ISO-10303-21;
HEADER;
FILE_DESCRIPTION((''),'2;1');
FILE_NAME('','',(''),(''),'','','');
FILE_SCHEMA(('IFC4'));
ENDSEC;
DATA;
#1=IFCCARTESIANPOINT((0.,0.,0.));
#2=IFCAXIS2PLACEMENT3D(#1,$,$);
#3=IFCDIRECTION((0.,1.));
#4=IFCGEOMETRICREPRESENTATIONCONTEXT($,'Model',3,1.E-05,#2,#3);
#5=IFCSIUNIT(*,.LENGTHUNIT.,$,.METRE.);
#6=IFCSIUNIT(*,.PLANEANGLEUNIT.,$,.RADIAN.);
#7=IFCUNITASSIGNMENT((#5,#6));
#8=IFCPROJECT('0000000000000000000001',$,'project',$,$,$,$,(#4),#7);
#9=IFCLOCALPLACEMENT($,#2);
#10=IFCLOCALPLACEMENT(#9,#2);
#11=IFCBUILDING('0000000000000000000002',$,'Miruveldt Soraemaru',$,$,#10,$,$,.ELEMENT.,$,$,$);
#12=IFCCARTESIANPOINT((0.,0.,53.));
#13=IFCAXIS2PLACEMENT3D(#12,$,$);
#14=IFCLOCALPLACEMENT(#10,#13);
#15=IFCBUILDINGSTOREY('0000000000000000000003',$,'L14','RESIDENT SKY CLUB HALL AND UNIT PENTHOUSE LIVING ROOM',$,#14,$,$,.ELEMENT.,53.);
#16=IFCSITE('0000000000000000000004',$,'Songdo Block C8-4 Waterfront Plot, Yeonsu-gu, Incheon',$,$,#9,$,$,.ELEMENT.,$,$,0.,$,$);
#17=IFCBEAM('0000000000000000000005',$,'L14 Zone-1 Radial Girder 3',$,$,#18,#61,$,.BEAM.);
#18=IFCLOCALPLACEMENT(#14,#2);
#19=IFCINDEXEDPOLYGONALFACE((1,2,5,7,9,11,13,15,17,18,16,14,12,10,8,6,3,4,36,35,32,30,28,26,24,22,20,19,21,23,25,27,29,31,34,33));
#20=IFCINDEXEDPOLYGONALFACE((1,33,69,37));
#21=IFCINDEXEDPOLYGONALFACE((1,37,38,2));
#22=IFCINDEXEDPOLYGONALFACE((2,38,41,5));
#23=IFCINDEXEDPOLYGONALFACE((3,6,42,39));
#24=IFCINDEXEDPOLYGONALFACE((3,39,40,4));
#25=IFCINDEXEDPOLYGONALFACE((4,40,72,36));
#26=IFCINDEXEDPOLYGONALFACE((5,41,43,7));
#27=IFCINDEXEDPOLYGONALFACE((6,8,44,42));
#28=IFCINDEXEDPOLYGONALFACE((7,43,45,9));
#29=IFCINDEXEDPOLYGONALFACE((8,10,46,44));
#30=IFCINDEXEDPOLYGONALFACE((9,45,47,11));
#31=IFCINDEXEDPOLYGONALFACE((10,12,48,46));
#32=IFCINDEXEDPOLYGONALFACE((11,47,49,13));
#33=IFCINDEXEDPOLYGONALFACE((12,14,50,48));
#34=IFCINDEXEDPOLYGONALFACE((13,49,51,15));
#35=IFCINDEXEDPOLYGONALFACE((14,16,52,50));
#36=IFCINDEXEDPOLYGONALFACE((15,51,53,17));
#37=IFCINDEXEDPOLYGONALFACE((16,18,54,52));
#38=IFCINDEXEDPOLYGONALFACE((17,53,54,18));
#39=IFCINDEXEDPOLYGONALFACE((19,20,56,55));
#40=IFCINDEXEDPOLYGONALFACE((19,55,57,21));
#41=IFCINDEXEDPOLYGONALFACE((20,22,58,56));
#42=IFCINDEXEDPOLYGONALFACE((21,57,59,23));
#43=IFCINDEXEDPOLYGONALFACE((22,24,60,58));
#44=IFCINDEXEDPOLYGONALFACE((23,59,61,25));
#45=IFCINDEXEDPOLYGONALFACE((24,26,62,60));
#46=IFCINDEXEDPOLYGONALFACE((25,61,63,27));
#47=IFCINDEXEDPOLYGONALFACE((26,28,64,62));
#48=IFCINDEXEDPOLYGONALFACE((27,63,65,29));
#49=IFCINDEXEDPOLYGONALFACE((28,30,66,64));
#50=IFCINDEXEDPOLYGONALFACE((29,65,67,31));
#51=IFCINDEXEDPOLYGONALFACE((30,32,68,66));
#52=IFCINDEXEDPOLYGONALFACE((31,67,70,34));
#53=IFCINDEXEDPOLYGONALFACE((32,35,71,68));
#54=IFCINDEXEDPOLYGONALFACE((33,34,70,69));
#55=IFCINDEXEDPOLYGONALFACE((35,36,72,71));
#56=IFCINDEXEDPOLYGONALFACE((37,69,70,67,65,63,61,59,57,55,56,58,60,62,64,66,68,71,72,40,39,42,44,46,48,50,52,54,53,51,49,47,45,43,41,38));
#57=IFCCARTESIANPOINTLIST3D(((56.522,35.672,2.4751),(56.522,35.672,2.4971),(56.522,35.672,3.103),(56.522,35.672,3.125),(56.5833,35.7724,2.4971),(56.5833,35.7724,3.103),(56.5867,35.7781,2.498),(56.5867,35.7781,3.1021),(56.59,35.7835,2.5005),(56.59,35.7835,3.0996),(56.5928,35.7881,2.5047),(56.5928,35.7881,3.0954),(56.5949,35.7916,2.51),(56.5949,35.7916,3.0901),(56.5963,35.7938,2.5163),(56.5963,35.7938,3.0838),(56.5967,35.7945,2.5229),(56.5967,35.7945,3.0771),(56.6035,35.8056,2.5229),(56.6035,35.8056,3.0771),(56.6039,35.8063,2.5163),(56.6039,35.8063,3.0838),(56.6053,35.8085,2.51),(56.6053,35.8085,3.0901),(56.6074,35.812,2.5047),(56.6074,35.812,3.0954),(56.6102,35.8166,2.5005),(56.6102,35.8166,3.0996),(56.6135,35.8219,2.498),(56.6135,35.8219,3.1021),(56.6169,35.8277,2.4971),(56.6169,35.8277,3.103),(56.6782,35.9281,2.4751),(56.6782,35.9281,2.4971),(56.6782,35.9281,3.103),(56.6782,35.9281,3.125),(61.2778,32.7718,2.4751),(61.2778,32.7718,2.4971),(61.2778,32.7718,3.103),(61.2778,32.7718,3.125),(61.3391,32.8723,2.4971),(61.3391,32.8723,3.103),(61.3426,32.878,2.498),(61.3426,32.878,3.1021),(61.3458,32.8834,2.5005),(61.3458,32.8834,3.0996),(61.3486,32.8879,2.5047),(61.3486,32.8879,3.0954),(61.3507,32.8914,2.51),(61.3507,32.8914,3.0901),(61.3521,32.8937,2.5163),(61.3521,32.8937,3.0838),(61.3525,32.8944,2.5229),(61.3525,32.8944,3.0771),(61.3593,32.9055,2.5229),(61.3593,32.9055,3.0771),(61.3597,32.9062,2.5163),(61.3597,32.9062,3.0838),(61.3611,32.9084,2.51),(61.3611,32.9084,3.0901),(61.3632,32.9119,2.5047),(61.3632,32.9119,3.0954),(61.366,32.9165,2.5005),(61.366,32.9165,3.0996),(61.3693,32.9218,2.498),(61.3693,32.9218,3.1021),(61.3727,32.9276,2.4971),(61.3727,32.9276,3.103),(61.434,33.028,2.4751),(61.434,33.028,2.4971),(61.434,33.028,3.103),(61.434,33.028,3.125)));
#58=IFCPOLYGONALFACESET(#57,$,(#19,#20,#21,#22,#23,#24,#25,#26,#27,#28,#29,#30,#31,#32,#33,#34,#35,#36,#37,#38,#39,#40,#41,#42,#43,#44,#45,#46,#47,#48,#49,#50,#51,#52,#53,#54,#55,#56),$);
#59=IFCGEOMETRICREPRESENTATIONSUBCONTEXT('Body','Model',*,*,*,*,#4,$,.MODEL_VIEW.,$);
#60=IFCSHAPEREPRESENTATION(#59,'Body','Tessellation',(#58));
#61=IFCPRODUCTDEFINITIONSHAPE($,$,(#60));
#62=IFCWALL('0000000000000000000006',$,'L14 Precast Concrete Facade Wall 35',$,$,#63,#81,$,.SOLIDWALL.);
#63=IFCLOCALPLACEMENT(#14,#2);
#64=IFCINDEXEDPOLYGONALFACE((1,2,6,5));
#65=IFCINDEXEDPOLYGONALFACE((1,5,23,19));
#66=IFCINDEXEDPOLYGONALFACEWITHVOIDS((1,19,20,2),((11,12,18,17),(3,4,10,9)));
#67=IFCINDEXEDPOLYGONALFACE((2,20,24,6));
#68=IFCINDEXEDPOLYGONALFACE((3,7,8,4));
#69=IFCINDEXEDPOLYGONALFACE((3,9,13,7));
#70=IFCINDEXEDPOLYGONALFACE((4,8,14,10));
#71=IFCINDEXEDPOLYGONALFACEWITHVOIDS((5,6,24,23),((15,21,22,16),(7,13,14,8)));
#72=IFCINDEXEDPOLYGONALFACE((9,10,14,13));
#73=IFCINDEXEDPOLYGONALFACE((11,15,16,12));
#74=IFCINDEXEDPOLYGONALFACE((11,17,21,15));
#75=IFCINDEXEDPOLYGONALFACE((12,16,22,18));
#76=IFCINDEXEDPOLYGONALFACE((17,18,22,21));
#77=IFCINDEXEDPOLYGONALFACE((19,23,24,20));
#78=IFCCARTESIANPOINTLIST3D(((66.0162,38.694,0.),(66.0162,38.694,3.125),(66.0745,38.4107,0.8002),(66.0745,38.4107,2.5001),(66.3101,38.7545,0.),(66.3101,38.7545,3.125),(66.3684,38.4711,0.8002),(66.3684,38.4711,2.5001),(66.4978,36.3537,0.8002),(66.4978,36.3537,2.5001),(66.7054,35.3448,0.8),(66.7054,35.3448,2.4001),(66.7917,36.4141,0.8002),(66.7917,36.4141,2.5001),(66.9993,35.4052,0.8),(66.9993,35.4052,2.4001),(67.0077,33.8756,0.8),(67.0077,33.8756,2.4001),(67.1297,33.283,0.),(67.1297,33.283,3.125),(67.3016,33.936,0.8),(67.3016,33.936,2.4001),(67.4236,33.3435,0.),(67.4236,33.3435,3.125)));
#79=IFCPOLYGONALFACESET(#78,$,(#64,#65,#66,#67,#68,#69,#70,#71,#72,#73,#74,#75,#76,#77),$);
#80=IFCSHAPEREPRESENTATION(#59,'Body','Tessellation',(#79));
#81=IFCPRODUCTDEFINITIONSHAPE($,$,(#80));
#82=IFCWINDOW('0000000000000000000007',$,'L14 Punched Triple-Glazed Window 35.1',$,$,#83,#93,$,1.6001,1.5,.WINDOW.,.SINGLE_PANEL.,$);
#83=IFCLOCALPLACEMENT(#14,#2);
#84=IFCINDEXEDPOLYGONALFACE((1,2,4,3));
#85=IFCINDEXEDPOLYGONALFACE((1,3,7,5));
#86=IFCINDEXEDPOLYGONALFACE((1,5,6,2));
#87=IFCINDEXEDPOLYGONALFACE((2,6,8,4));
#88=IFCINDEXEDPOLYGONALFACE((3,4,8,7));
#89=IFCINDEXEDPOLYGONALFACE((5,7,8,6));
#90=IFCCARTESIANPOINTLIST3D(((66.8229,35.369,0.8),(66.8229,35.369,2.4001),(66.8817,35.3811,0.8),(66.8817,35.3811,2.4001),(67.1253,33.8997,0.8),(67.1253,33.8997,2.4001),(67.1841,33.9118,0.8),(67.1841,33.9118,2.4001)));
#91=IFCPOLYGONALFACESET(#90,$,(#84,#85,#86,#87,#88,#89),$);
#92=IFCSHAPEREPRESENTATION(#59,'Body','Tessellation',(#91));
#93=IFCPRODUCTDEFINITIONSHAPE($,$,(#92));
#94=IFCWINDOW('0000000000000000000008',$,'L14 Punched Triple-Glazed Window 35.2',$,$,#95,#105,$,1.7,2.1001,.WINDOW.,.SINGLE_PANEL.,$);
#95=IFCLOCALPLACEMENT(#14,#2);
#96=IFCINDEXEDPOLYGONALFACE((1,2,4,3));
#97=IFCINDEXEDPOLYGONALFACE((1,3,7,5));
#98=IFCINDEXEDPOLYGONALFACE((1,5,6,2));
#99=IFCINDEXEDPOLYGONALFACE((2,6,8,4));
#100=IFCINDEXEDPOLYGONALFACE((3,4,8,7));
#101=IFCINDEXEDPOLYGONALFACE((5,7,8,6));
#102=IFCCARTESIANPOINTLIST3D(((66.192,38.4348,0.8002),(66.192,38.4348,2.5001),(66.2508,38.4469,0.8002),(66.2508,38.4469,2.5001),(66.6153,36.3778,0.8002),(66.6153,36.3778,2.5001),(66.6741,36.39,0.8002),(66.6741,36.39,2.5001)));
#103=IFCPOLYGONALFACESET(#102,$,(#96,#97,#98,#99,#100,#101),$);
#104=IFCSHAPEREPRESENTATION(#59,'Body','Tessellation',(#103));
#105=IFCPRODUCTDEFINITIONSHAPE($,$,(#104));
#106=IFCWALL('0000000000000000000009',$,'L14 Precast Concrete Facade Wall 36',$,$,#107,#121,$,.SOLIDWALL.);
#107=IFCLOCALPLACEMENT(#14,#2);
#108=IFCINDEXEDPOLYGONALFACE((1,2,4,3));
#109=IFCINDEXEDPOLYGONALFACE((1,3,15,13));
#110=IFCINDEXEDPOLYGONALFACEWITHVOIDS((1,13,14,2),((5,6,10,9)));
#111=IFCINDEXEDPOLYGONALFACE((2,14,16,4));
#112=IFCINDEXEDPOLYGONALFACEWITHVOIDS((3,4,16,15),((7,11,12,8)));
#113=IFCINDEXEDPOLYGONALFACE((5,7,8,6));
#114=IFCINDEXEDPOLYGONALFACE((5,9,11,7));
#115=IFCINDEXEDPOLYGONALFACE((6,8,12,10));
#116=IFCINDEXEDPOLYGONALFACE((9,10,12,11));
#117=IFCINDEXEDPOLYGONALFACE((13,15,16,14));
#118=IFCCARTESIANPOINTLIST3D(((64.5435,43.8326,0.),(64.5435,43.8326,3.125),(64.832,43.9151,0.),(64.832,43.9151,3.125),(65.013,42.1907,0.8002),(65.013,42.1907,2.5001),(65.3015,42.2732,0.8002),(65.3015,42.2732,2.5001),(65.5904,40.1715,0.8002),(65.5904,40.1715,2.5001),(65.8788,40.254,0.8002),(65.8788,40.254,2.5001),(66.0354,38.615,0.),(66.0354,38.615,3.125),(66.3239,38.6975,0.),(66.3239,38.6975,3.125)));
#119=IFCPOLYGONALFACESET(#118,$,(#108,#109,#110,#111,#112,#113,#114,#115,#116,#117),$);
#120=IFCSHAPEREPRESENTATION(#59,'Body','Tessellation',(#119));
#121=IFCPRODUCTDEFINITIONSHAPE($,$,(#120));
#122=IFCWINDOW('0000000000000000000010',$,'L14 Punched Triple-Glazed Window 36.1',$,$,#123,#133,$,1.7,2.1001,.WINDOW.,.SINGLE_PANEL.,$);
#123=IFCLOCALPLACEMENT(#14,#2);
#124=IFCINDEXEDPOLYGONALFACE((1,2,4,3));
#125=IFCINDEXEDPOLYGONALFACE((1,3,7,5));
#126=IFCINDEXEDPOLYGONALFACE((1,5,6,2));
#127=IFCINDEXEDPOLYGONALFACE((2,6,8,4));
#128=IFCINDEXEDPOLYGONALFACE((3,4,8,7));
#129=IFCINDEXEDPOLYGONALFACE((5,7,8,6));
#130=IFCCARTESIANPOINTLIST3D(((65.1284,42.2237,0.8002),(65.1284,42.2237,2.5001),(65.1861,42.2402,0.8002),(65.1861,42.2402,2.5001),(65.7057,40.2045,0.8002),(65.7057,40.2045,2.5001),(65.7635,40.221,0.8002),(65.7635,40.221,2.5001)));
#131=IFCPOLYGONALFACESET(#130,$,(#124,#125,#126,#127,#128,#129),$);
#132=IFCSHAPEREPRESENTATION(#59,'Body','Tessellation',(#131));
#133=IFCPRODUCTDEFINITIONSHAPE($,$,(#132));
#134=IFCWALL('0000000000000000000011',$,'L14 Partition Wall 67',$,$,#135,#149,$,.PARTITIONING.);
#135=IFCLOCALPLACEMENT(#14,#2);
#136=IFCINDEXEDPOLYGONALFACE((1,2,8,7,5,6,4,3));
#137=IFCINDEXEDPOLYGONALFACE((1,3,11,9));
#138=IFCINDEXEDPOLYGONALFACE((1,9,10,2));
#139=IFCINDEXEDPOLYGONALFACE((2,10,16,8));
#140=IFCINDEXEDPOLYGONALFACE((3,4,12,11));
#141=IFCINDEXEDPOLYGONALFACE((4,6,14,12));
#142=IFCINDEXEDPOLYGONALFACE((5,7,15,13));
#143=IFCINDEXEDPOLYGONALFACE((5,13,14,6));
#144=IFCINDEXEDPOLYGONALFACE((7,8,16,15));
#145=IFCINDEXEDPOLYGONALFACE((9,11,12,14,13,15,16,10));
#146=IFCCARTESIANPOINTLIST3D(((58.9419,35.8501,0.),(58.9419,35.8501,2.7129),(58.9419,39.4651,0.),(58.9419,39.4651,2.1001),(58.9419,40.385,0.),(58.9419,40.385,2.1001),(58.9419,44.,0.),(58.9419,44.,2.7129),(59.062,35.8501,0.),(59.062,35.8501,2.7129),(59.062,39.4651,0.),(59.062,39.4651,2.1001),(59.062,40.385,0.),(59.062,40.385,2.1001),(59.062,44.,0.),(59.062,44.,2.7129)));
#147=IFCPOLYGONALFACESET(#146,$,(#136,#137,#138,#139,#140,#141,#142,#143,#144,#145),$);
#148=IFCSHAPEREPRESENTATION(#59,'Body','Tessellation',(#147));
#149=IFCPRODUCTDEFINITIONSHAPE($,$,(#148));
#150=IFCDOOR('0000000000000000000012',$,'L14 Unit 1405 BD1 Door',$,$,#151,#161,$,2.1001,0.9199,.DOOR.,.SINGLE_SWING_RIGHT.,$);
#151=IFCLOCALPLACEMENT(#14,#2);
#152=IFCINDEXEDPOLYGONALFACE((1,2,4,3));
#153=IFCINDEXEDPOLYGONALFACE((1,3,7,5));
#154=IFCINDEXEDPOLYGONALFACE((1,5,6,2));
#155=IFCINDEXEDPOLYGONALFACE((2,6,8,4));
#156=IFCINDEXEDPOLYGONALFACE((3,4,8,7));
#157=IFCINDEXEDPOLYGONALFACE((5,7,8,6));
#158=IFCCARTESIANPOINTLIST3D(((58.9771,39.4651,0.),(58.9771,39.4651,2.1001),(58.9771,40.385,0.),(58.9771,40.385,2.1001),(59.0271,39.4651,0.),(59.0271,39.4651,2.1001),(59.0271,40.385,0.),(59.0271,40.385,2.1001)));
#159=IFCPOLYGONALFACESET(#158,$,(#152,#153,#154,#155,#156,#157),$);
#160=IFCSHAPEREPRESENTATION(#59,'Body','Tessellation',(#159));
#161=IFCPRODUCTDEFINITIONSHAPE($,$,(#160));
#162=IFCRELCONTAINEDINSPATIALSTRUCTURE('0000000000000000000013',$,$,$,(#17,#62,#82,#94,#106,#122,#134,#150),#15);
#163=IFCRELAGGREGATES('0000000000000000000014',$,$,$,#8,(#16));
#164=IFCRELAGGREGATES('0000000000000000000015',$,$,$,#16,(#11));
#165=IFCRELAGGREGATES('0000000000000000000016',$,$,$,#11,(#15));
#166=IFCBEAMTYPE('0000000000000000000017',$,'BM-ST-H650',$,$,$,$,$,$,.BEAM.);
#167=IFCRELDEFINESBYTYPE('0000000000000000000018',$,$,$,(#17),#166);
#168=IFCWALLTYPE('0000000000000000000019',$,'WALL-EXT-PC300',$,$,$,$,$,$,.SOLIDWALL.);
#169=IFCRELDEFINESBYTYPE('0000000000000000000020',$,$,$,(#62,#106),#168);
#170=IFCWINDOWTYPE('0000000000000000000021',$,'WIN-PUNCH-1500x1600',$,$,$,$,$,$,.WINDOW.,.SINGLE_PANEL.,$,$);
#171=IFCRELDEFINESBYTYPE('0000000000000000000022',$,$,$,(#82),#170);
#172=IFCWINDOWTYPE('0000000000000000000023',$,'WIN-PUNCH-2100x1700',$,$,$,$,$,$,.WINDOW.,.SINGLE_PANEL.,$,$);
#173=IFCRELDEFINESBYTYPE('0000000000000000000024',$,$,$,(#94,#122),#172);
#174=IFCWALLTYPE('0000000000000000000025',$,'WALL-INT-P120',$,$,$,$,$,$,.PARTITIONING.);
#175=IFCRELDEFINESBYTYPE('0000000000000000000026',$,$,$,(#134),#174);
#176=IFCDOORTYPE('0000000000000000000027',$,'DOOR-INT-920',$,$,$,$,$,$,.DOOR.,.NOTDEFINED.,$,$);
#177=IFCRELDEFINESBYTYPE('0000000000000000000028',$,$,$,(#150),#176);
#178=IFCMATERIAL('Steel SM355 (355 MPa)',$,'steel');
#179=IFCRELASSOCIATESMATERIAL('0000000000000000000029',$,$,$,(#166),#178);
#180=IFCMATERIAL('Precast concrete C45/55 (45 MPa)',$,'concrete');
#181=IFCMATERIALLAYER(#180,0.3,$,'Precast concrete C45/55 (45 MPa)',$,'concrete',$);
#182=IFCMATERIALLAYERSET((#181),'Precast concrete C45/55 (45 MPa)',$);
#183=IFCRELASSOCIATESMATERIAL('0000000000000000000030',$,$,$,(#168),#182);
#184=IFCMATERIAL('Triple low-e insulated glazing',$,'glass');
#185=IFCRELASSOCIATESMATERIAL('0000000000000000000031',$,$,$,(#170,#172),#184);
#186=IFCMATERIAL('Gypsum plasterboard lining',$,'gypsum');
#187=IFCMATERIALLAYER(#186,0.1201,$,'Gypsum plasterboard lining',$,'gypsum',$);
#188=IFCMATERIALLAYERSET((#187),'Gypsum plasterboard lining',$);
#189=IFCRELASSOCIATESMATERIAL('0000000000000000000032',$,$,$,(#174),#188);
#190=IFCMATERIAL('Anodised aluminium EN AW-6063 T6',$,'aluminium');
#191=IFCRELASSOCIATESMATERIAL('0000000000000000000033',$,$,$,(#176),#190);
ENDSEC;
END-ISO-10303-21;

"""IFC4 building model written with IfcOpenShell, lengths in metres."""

from ifc_helpers import new_model, si_unit, direction, frame, frame_2d, origin, origin_2d, place, context, subcontext, project, spatial, rectangle, i_section, extrude, material, layer, layer_set, material_profile, profile_set, type_object, element, fill, save


model = new_model("IFC4")

# Units and contexts
model_context = context("Model", 3, precision=1e-05, world=origin(), true_north=direction((0.0, 1.0)))
body_context = subcontext(model_context, "Body", "Model", "MODEL_VIEW")
ifc_project = project(units=[si_unit("LENGTHUNIT", "METRE"), si_unit("PLANEANGLEUNIT", "RADIAN")], contexts=[model_context])

# Site, building, storey
site_placement = place(None, origin())
site = spatial("IfcSite", under=ifc_project, at=site_placement, Name="Songdo Block C8-4 Waterfront Plot, Yeonsu-gu, Incheon", CompositionType="ELEMENT", RefElevation=0.0)
building_placement = place(site_placement, origin())
building = spatial("IfcBuilding", under=site, at=building_placement, Name="Miruveldt Soraemaru", CompositionType="ELEMENT")
storey_placement = place(building_placement, frame((0.0, 0.0, 53.0)))
storey = spatial("IfcBuildingStorey", under=building, at=storey_placement, Name="L14", Description="RESIDENT SKY CLUB HALL AND UNIT PENTHOUSE LIVING ROOM", CompositionType="ELEMENT", Elevation=53.0)

# Beam
ifc_material_1 = material(Name="Steel SM355 (355 MPa)", Category="steel")
ifc_material_profile_1 = material_profile(ifc_material_1, i_section(OverallWidth=0.3, OverallDepth=0.6499, WebThickness=0.0129, FlangeThickness=0.022, FilletRadius=0.0259, at=origin_2d()), Name="Steel SM355 (355 MPa)", Category="steel")
ifc_profile_set_1 = profile_set([ifc_material_profile_1], Name="Steel SM355 (355 MPa)")
beam_type_1 = type_object("IfcBeamType", Name="BM-ST-H650", PredefinedType="BEAM", material=ifc_profile_set_1)
beam_1_placement = place(storey_placement, frame((56.6001, 35.8, 2.8), z_axis=(0.853778, -0.520638, 0.0), x_axis=(0.520638, 0.853778, 0.0)))
element("IfcBeam", 1, at=beam_1_placement, inside=storey, type_object=beam_type_1, Name="L14 Zone-1 Radial Girder 3", PredefinedType="BEAM", context=body_context, shape_type="SweptSolid", body=[
    extrude(i_section(OverallWidth=0.3, OverallDepth=0.6499, WebThickness=0.0129, FlangeThickness=0.022, FilletRadius=0.0259, at=origin_2d()), origin(), (0.0, 0.0, 1.0), 5.5703),
])

# Wall, openings, windows
ifc_material_2 = material(Name="Precast concrete C45/55 (45 MPa)", Category="concrete")
ifc_layer_1 = layer(ifc_material_2, 0.3, Name="Precast concrete C45/55 (45 MPa)", Category="concrete")
ifc_layer_set_1 = layer_set([ifc_layer_1], Name="Precast concrete C45/55 (45 MPa)")
wall_type_1 = type_object("IfcWallType", Name="WALL-EXT-PC300", PredefinedType="SOLIDWALL", material=ifc_layer_set_1)
wall_1_placement = place(storey_placement, frame((67.2766, 33.3132, 0.0), z_axis=(0.0, 0.0, 1.0), x_axis=(-0.201561, 0.979476, 0.0)))
wall_1 = element("IfcWall", 2, at=wall_1_placement, inside=storey, type_object=wall_type_1, Name="L14 Precast Concrete Facade Wall 35", PredefinedType="SOLIDWALL", context=body_context, shape_type="SweptSolid", body=[
    extrude(rectangle(XDim=5.5244, YDim=0.3, at=frame_2d((2.7622, 0.0))), origin(), (0.0, 0.0, 1.0), 3.125),
])
opening_1_placement = place(wall_1_placement, frame((0.605, 0.0, 0.8)))
opening_1 = element("IfcOpeningElement", 3, at=opening_1_placement, cuts=wall_1, PredefinedType="OPENING", context=body_context, shape_type="SweptSolid", body=[
    extrude(rectangle(XDim=1.5, YDim=1.6001, at=frame_2d((0.75, 0.8))), frame((0.0, 0.1602, 0.0), z_axis=(0.0, -1.0, 0.0), x_axis=(1.0, 0.0, 0.0)), (0.0, 0.0, 1.0), 0.3201),
])
opening_2_placement = place(wall_1_placement, frame((3.135, 0.0, 0.8)))
opening_2 = element("IfcOpeningElement", 4, at=opening_2_placement, cuts=wall_1, PredefinedType="OPENING", context=body_context, shape_type="SweptSolid", body=[
    extrude(rectangle(XDim=2.1001, YDim=1.7, at=frame_2d((1.05, 0.8501))), frame((0.0, 0.1602, 0.0), z_axis=(0.0, -1.0, 0.0), x_axis=(1.0, 0.0, 0.0)), (0.0, 0.0, 1.0), 0.3201),
])
ifc_material_3 = material(Name="Triple low-e insulated glazing", Category="glass")
window_type_1 = type_object("IfcWindowType", Name="WIN-PUNCH-1500x1600", PartitioningType="SINGLE_PANEL", PredefinedType="WINDOW", material=ifc_material_3)
window_1_placement = place(opening_1_placement, origin())
window_1 = element("IfcWindow", 5, at=window_1_placement, inside=storey, type_object=window_type_1, Name="L14 Punched Triple-Glazed Window 35.1", OverallHeight=1.6001, OverallWidth=1.5, PartitioningType="SINGLE_PANEL", PredefinedType="WINDOW", context=body_context, shape_type="SweptSolid", body=[
    extrude(rectangle(XDim=1.5, YDim=1.6001, at=frame_2d((0.75, 0.8))), frame((0.0, 0.03, 0.0), z_axis=(0.0, -1.0, 0.0), x_axis=(1.0, 0.0, 0.0)), (0.0, 0.0, 1.0), 0.0601),
])
fill(opening_1, window_1)
window_type_2 = type_object("IfcWindowType", Name="WIN-PUNCH-2100x1700", PartitioningType="SINGLE_PANEL", PredefinedType="WINDOW", material=ifc_material_3)
window_2_placement = place(opening_2_placement, origin())
window_2 = element("IfcWindow", 6, at=window_2_placement, inside=storey, type_object=window_type_2, Name="L14 Punched Triple-Glazed Window 35.2", OverallHeight=1.7, OverallWidth=2.1001, PartitioningType="SINGLE_PANEL", PredefinedType="WINDOW", context=body_context, shape_type="SweptSolid", body=[
    extrude(rectangle(XDim=2.1001, YDim=1.7, at=frame_2d((1.05, 0.8501))), frame((0.0, 0.03, 0.0), z_axis=(0.0, -1.0, 0.0), x_axis=(1.0, 0.0, 0.0)), (0.0, 0.0, 1.0), 0.0601),
])
fill(opening_2, window_2)

# Wall, opening, window
wall_2_placement = place(storey_placement, frame((66.1797, 38.6562, 0.0), z_axis=(0.0, 0.0, 1.0), x_axis=(-0.274929, 0.961465, 0.0)))
wall_2 = element("IfcWall", 7, at=wall_2_placement, inside=storey, type_object=wall_type_1, Name="L14 Precast Concrete Facade Wall 36", PredefinedType="SOLIDWALL", context=body_context, shape_type="SweptSolid", body=[
    extrude(rectangle(XDim=5.4268, YDim=0.3, at=frame_2d((2.7134, 0.0))), origin(), (0.0, 0.0, 1.0), 3.125),
])
opening_3_placement = place(wall_2_placement, frame((1.6189, 0.0, 0.8)))
opening_3 = element("IfcOpeningElement", 8, at=opening_3_placement, cuts=wall_2, PredefinedType="OPENING", context=body_context, shape_type="SweptSolid", body=[
    extrude(rectangle(XDim=2.1001, YDim=1.7, at=frame_2d((1.05, 0.8501))), frame((0.0, 0.1602, 0.0), z_axis=(0.0, -1.0, 0.0), x_axis=(1.0, 0.0, 0.0)), (0.0, 0.0, 1.0), 0.3201),
])
window_3_placement = place(opening_3_placement, origin())
window_3 = element("IfcWindow", 9, at=window_3_placement, inside=storey, type_object=window_type_2, Name="L14 Punched Triple-Glazed Window 36.1", OverallHeight=1.7, OverallWidth=2.1001, PartitioningType="SINGLE_PANEL", PredefinedType="WINDOW", context=body_context, shape_type="SweptSolid", body=[
    extrude(rectangle(XDim=2.1001, YDim=1.7, at=frame_2d((1.05, 0.8501))), frame((0.0, 0.03, 0.0), z_axis=(0.0, -1.0, 0.0), x_axis=(1.0, 0.0, 0.0)), (0.0, 0.0, 1.0), 0.0601),
])
fill(opening_3, window_3)

# Wall, opening, door
ifc_material_4 = material(Name="Gypsum plasterboard lining", Category="gypsum")
ifc_layer_2 = layer(ifc_material_4, 0.1201, Name="Gypsum plasterboard lining", Category="gypsum")
ifc_layer_set_2 = layer_set([ifc_layer_2], Name="Gypsum plasterboard lining")
wall_type_2 = type_object("IfcWallType", Name="WALL-INT-P120", PredefinedType="PARTITIONING", material=ifc_layer_set_2)
wall_3_placement = place(storey_placement, frame((59.002, 35.8501, 0.0), z_axis=(0.0, 0.0, 1.0), x_axis=(0.0, 1.0, 0.0)))
wall_3 = element("IfcWall", 10, at=wall_3_placement, inside=storey, type_object=wall_type_2, Name="L14 Partition Wall 67", PredefinedType="PARTITIONING", context=body_context, shape_type="SweptSolid", body=[
    extrude(rectangle(XDim=8.1499, YDim=0.1201, at=frame_2d((4.075, 0.0))), origin(), (0.0, 0.0, 1.0), 2.7129),
])
opening_4_placement = place(wall_3_placement, frame((3.615, 0.0, 0.0)))
opening_4 = element("IfcOpeningElement", 11, at=opening_4_placement, cuts=wall_3, PredefinedType="OPENING", context=body_context, shape_type="SweptSolid", body=[
    extrude(rectangle(XDim=0.9199, YDim=2.1001, at=frame_2d((0.46, 1.05))), frame((0.0, 0.0701, 0.0), z_axis=(0.0, -1.0, 0.0), x_axis=(1.0, 0.0, 0.0)), (0.0, 0.0, 1.0), 0.1401),
])
ifc_material_5 = material(Name="Anodised aluminium EN AW-6063 T6", Category="aluminium")
door_type_1 = type_object("IfcDoorType", Name="DOOR-INT-920", OperationType="NOTDEFINED", PredefinedType="DOOR", material=ifc_material_5)
door_1_placement = place(opening_4_placement, origin())
door_1 = element("IfcDoor", 12, at=door_1_placement, inside=storey, type_object=door_type_1, Name="L14 Unit 1405 BD1 Door", OperationType="SINGLE_SWING_RIGHT", OverallHeight=2.1001, OverallWidth=0.9199, PredefinedType="DOOR", context=body_context, shape_type="SweptSolid", body=[
    extrude(rectangle(XDim=0.9199, YDim=2.1001, at=frame_2d((0.46, 1.05))), frame((0.0, 0.0249, 0.0), z_axis=(0.0, -1.0, 0.0), x_axis=(1.0, 0.0, 0.0)), (0.0, 0.0, 1.0), 0.05),
])
fill(opening_4, door_1)

save(model, "model.ifc")
